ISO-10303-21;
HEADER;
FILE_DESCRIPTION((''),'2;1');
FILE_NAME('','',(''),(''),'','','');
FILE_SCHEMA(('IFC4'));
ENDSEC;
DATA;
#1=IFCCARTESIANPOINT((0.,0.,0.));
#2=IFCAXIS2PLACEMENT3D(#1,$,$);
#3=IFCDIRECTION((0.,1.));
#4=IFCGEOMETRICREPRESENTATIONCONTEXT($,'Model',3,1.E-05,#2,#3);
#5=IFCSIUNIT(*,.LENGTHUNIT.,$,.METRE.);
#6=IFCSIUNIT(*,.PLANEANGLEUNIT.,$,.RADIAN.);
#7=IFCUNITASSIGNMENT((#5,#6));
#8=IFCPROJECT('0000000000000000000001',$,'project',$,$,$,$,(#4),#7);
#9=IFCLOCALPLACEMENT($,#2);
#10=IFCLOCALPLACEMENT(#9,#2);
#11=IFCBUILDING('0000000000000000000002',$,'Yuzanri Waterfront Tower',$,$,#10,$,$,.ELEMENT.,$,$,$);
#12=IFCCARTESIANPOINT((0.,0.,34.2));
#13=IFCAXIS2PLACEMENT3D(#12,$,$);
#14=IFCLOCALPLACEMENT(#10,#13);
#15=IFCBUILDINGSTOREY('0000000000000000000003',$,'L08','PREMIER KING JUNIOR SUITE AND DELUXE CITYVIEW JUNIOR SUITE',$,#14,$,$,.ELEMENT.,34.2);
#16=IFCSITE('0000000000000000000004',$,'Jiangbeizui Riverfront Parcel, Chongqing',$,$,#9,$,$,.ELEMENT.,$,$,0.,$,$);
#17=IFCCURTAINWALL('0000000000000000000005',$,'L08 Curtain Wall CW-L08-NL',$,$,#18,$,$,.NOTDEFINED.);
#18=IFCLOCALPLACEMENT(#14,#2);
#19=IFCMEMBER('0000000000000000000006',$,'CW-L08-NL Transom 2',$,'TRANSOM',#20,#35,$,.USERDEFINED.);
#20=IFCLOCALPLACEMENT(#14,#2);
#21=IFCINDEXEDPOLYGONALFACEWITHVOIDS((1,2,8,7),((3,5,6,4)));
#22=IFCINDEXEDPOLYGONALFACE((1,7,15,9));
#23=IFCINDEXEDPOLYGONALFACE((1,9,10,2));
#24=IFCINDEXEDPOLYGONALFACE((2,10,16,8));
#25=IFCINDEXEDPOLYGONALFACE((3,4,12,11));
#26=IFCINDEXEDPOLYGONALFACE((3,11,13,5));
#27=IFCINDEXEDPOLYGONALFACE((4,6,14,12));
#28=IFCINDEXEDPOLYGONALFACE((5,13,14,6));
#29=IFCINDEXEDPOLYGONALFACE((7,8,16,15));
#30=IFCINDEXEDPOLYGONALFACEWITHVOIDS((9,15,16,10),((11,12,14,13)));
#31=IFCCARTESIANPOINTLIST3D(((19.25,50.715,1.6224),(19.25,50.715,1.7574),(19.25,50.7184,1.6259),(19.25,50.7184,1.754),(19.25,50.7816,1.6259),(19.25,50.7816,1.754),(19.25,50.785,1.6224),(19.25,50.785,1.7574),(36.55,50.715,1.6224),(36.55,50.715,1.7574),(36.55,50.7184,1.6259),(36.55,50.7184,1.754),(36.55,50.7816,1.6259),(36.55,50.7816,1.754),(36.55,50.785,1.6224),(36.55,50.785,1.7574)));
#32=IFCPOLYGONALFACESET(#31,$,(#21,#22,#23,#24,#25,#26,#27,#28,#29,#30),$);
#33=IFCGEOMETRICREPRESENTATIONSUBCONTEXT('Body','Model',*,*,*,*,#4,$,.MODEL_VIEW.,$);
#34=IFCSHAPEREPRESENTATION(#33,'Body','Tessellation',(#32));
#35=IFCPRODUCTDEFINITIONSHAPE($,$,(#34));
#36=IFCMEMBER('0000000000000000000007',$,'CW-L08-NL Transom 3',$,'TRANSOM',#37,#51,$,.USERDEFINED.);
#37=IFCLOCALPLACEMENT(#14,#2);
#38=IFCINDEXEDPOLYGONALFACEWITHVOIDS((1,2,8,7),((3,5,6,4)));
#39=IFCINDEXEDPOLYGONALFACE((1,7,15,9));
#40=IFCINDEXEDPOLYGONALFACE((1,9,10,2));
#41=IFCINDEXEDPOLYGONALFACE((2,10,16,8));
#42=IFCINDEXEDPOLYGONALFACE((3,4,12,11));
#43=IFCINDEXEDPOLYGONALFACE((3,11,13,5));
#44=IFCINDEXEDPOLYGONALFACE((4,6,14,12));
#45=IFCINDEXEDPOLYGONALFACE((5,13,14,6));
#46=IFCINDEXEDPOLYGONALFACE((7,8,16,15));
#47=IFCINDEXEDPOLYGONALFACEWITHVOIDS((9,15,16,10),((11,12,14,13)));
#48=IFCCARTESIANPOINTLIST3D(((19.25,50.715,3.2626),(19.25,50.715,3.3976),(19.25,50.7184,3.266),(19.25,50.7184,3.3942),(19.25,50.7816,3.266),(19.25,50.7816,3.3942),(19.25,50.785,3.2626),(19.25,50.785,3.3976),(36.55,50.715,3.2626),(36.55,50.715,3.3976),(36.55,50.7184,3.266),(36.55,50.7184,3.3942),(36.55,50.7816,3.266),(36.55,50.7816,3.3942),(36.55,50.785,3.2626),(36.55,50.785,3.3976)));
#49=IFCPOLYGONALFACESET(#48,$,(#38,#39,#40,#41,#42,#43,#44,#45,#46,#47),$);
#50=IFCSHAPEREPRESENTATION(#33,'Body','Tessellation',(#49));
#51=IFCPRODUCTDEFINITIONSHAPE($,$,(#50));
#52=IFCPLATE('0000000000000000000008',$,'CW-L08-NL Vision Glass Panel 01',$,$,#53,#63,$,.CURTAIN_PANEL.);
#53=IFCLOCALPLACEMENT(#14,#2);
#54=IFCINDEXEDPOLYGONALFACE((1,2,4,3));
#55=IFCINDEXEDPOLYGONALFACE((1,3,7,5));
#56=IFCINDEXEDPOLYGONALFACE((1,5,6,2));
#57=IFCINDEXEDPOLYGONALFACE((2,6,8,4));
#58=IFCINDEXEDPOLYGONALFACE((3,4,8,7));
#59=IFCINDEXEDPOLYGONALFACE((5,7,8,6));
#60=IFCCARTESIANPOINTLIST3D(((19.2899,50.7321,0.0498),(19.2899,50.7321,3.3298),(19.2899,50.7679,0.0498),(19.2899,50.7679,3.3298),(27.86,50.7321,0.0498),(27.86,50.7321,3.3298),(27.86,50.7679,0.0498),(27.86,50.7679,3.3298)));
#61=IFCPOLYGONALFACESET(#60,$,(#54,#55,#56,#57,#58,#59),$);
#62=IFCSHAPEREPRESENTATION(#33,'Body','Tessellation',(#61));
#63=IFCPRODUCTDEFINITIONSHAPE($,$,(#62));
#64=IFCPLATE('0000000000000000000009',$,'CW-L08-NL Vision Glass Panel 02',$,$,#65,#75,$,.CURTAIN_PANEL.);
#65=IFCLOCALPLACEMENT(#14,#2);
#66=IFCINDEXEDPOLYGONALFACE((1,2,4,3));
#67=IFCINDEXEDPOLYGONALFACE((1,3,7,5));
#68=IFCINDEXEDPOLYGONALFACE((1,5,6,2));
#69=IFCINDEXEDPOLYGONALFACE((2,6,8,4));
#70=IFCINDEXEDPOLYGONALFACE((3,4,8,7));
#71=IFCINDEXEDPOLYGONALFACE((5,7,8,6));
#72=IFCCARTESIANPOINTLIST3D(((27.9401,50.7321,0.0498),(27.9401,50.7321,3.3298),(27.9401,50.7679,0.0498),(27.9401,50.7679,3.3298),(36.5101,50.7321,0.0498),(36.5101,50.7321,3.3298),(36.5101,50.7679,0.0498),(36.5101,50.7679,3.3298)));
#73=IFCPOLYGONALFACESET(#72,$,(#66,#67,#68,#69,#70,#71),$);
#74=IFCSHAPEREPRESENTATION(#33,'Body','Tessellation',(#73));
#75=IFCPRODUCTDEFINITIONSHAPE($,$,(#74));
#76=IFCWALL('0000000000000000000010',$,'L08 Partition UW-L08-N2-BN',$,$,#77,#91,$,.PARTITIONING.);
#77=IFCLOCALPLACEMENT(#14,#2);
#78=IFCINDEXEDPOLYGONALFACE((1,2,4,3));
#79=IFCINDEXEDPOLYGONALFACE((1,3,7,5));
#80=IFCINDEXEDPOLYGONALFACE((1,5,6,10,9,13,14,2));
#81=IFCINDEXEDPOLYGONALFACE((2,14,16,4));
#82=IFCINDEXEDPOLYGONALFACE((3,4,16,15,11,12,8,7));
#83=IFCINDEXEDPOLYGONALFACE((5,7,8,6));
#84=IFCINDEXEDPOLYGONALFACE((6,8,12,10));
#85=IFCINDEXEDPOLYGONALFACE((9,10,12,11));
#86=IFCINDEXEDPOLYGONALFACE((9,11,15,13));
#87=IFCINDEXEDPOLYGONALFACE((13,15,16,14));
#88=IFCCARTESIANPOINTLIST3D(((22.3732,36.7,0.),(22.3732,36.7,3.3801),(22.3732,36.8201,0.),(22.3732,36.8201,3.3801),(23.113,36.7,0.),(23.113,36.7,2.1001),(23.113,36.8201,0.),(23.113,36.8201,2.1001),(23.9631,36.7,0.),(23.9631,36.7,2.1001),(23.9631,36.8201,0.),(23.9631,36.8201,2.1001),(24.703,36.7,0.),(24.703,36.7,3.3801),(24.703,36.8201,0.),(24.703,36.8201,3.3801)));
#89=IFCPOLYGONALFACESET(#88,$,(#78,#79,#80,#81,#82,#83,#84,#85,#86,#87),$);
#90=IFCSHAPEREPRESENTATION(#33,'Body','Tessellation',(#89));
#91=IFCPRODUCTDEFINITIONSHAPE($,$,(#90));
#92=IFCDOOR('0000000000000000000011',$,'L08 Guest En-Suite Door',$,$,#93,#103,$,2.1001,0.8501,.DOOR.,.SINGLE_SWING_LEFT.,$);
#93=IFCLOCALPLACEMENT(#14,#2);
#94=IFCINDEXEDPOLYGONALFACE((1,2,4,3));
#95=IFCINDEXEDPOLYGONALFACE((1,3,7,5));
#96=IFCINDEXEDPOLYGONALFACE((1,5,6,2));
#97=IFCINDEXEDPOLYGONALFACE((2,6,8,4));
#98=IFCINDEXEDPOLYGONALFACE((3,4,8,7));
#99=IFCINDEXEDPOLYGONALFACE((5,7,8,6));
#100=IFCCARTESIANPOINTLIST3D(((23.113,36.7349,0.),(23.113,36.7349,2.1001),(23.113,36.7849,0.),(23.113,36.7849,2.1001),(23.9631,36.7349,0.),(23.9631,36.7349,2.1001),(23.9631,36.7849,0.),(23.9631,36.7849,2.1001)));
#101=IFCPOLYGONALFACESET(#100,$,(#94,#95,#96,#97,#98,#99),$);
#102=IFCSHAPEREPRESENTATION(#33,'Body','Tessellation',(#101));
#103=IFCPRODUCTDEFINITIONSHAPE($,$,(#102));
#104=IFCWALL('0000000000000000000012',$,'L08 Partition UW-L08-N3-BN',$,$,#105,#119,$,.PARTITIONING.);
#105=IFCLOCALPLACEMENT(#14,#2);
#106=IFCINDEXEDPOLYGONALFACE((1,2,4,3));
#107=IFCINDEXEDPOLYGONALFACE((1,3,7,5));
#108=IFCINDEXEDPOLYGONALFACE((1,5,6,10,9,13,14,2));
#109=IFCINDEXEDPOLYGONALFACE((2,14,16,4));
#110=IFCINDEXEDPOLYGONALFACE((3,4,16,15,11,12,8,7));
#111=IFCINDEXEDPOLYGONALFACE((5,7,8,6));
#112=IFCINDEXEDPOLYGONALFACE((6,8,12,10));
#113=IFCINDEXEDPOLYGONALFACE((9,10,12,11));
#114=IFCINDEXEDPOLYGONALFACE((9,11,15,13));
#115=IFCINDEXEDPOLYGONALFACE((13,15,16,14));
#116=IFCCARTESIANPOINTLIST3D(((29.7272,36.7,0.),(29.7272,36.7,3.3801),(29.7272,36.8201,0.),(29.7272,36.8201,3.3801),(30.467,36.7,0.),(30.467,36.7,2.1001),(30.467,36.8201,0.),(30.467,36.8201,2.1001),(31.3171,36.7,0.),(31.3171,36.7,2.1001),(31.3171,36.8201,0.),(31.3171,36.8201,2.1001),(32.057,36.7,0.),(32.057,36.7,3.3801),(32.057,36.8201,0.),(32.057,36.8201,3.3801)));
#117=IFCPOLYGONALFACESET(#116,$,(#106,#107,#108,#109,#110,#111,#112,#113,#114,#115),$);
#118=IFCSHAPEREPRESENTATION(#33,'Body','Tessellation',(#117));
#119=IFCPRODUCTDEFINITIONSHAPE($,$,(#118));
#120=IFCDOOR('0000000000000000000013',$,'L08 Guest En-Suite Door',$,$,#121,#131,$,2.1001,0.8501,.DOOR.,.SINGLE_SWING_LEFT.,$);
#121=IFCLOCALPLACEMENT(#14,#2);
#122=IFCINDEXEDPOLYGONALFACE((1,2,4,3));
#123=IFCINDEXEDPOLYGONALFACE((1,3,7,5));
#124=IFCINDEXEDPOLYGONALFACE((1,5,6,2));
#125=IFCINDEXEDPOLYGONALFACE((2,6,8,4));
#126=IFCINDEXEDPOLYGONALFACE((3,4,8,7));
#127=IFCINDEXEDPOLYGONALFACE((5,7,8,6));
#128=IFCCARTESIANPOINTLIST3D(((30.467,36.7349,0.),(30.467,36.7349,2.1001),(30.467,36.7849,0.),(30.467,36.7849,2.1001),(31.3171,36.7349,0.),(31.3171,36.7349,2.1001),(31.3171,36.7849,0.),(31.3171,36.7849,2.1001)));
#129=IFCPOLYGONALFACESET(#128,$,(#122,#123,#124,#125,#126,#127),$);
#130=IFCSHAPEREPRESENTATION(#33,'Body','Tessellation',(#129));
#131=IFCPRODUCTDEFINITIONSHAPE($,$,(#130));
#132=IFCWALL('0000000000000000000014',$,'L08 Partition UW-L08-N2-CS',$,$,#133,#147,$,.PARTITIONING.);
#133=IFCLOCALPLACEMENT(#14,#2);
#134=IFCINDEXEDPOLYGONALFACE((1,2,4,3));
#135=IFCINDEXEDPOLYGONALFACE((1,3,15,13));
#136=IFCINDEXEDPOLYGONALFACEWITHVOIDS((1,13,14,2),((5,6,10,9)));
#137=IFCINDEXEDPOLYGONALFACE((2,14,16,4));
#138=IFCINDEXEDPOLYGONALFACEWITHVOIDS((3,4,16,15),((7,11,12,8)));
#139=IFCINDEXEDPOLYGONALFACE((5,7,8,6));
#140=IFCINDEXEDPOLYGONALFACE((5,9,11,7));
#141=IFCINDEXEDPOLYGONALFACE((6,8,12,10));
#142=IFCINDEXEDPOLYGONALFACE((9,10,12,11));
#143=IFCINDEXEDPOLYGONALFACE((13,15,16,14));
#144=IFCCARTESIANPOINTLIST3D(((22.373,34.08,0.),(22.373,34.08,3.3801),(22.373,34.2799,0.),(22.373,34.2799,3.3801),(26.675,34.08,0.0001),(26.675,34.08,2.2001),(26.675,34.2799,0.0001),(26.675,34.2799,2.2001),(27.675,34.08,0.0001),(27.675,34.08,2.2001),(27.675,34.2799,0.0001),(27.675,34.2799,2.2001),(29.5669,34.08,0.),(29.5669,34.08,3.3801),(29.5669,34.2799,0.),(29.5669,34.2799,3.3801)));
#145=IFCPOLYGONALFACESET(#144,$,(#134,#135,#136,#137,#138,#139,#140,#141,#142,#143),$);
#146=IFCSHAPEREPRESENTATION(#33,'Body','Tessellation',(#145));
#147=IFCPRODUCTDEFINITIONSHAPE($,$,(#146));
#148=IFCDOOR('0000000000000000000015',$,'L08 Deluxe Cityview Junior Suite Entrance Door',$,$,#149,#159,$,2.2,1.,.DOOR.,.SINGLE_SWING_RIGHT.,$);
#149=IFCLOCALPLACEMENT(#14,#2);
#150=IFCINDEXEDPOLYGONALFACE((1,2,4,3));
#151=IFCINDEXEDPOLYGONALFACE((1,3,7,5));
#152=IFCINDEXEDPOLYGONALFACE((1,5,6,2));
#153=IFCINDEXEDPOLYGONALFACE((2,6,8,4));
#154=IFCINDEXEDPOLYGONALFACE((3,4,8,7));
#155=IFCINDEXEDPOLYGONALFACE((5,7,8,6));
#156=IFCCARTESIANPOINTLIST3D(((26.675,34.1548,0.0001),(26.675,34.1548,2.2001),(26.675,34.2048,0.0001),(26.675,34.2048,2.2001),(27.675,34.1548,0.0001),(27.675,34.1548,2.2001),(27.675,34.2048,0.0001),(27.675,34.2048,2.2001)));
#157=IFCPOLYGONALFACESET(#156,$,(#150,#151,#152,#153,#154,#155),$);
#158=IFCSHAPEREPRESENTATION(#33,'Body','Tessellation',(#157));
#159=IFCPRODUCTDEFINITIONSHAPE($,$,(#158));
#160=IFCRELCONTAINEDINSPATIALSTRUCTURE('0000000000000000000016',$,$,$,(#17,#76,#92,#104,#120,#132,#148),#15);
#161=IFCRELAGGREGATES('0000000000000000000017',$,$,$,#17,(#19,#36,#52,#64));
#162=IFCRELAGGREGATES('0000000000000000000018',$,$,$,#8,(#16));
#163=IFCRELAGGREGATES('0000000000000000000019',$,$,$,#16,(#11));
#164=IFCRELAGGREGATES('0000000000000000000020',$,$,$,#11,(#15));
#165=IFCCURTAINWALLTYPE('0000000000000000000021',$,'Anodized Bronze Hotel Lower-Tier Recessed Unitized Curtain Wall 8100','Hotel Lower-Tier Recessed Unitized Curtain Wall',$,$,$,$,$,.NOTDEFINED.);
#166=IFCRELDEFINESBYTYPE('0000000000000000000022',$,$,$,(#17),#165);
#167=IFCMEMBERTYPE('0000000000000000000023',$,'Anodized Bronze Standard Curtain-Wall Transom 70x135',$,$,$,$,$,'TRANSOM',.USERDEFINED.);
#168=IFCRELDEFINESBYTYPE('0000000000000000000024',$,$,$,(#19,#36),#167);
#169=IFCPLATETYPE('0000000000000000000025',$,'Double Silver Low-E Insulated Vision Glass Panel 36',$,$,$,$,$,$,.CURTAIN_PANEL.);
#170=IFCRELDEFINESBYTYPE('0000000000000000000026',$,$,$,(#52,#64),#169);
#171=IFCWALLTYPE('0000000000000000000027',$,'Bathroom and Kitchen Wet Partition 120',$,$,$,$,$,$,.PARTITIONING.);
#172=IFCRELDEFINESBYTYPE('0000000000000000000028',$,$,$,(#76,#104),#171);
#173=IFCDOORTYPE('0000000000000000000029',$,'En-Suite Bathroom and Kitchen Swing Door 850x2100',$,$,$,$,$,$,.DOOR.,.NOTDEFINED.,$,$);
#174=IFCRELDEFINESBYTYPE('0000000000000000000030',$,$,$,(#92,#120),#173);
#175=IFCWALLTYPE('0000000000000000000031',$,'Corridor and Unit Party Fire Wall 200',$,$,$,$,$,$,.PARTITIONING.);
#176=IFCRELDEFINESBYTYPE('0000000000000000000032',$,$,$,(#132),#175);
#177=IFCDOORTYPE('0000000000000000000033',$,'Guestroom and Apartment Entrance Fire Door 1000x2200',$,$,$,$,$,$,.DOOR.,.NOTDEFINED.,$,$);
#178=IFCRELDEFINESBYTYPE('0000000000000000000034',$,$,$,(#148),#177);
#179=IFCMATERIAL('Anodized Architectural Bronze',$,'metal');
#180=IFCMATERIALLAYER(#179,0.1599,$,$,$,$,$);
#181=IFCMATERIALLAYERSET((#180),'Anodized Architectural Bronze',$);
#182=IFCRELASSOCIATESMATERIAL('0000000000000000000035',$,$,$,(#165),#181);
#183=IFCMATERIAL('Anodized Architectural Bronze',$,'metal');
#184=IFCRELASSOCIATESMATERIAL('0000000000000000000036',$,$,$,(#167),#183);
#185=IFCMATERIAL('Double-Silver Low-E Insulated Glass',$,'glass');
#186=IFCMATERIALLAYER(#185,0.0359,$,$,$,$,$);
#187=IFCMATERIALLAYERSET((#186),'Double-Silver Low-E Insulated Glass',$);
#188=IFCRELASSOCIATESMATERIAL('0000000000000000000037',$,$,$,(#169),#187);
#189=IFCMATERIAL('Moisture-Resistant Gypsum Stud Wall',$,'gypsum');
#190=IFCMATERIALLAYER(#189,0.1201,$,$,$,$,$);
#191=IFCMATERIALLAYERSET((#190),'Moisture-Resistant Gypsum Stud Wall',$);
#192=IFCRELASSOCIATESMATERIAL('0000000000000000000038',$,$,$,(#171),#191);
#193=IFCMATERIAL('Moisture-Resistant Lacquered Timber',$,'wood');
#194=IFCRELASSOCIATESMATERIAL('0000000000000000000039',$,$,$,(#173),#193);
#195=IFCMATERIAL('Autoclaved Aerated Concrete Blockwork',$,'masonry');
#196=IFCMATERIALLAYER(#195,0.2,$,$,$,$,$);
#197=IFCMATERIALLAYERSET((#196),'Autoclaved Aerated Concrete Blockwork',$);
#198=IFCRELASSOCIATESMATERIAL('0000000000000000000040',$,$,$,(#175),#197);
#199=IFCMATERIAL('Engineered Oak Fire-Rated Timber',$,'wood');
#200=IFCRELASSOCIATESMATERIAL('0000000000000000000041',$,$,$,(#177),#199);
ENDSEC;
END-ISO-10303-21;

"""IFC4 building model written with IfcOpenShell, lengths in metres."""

from ifc_helpers import new_model, si_unit, direction, frame, frame_2d, origin, origin_2d, place, context, subcontext, project, spatial, rectangle, hollow_rectangle, extrude, source, transform, mapped, material, layer, layer_set, material_profile, profile_set, type_object, element, fill, aggregate, save


model = new_model("IFC4")

# Units and contexts
model_context = context("Model", 3, precision=1e-05, world=origin(), true_north=direction((0.0, 1.0)))
body_context = subcontext(model_context, "Body", "Model", "MODEL_VIEW")
ifc_project = project(units=[si_unit("LENGTHUNIT", "METRE"), si_unit("PLANEANGLEUNIT", "RADIAN")], contexts=[model_context])

# Site, building, storey
site_placement = place(None, origin())
site = spatial("IfcSite", under=ifc_project, at=site_placement, Name="Jiangbeizui Riverfront Parcel, Chongqing", CompositionType="ELEMENT", RefElevation=0.0)
building_placement = place(site_placement, origin())
building = spatial("IfcBuilding", under=site, at=building_placement, Name="Yuzanri Waterfront Tower", CompositionType="ELEMENT")
storey_placement = place(building_placement, frame((0.0, 0.0, 34.2)))
storey = spatial("IfcBuildingStorey", under=building, at=storey_placement, Name="L08", Description="PREMIER KING JUNIOR SUITE AND DELUXE CITYVIEW JUNIOR SUITE", CompositionType="ELEMENT", Elevation=34.2)

# Curtain wall, members, plates
ifc_material_1 = material(Name="Anodized Architectural Bronze", Category="metal")
ifc_layer_1 = layer(ifc_material_1, 0.1599)
ifc_layer_set_1 = layer_set([ifc_layer_1], Name="Anodized Architectural Bronze")
curtain_wall_type = type_object("IfcCurtainWallType", Name="Anodized Bronze Hotel Lower-Tier Recessed Unitized Curtain Wall 8100", Description="Hotel Lower-Tier Recessed Unitized Curtain Wall", PredefinedType="NOTDEFINED", material=ifc_layer_set_1)
curtain_wall_placement = place(storey_placement, origin())
curtain_wall = element("IfcCurtainWall", 1, at=curtain_wall_placement, inside=storey, type_object=curtain_wall_type, Name="L08 Curtain Wall CW-L08-NL", PredefinedType="NOTDEFINED")
ifc_material_2 = material(Name="Anodized Architectural Bronze", Category="metal")
ifc_material_profile_1 = material_profile(ifc_material_2, hollow_rectangle(XDim=0.0701, YDim=0.135, WallThickness=0.0034, at=origin_2d()), Name="CWT 70x135")
ifc_profile_set_1 = profile_set([ifc_material_profile_1], Name="Anodized Architectural Bronze")
member_type_1 = type_object("IfcMemberType", Name="Anodized Bronze Standard Curtain-Wall Transom 70x135", ElementType="TRANSOM", PredefinedType="USERDEFINED", material=ifc_profile_set_1)
shared_shape_1 = source(origin(), body_context, "Body", "SweptSolid", [
    extrude(hollow_rectangle(XDim=0.0701, YDim=0.135, WallThickness=0.0034, at=origin_2d()), origin(), (0.0, 0.0, 1.0), 17.3),
])
member_1_placement = place(storey_placement, frame((19.25, 50.75, 1.6899), z_axis=(1.0, 0.0, 0.0), x_axis=(0.0, 1.0, 0.0)))
member_1 = element("IfcMember", 2, at=member_1_placement, type_object=member_type_1, Name="CW-L08-NL Transom 2", ObjectType="TRANSOM", PredefinedType="USERDEFINED", context=body_context, shape_type="MappedRepresentation", body=[
    mapped(shared_shape_1, transform((0.0, 0.0, 0.0), scale=1.0)),
])
member_2_placement = place(storey_placement, frame((19.25, 50.75, 3.3301), z_axis=(1.0, 0.0, 0.0), x_axis=(0.0, 1.0, 0.0)))
member_2 = element("IfcMember", 3, at=member_2_placement, type_object=member_type_1, Name="CW-L08-NL Transom 3", ObjectType="TRANSOM", PredefinedType="USERDEFINED", context=body_context, shape_type="MappedRepresentation", body=[
    mapped(shared_shape_1, transform((0.0, 0.0, 0.0), scale=1.0)),
])
ifc_material_3 = material(Name="Double-Silver Low-E Insulated Glass", Category="glass")
ifc_layer_2 = layer(ifc_material_3, 0.0359)
ifc_layer_set_2 = layer_set([ifc_layer_2], Name="Double-Silver Low-E Insulated Glass")
plate_type = type_object("IfcPlateType", Name="Double Silver Low-E Insulated Vision Glass Panel 36", PredefinedType="CURTAIN_PANEL", material=ifc_layer_set_2)
shared_shape_2 = source(origin(), body_context, "Body", "SweptSolid", [
    extrude(rectangle(XDim=8.5701, YDim=0.0359, at=origin_2d()), origin(), (0.0, 0.0, 1.0), 3.28),
])
plate_1_placement = place(storey_placement, frame((23.575, 50.75, 0.0498), z_axis=(0.0, 0.0, 1.0), x_axis=(1.0, 0.0, 0.0)))
plate_1 = element("IfcPlate", 4, at=plate_1_placement, type_object=plate_type, Name="CW-L08-NL Vision Glass Panel 01", PredefinedType="CURTAIN_PANEL", context=body_context, shape_type="MappedRepresentation", body=[
    mapped(shared_shape_2, transform((0.0, 0.0, 0.0), scale=1.0)),
])
plate_2_placement = place(storey_placement, frame((32.2251, 50.75, 0.0498), z_axis=(0.0, 0.0, 1.0), x_axis=(1.0, 0.0, 0.0)))
plate_2 = element("IfcPlate", 5, at=plate_2_placement, type_object=plate_type, Name="CW-L08-NL Vision Glass Panel 02", PredefinedType="CURTAIN_PANEL", context=body_context, shape_type="MappedRepresentation", body=[
    mapped(shared_shape_2, transform((0.0, 0.0, 0.0), scale=1.0)),
])
aggregate(curtain_wall, [member_1, member_2, plate_1, plate_2])

# Walls, openings, doors
ifc_material_4 = material(Name="Moisture-Resistant Gypsum Stud Wall", Category="gypsum")
ifc_layer_3 = layer(ifc_material_4, 0.1201)
ifc_layer_set_3 = layer_set([ifc_layer_3], Name="Moisture-Resistant Gypsum Stud Wall")
wall_type_1 = type_object("IfcWallType", Name="Bathroom and Kitchen Wet Partition 120", PredefinedType="PARTITIONING", material=ifc_layer_set_3)
wall_1_placement = place(storey_placement, frame((22.373, 36.76, 0.0), z_axis=(0.0, 0.0, 1.0), x_axis=(1.0, 0.0, 0.0)))
wall_1 = element("IfcWall", 6, at=wall_1_placement, inside=storey, type_object=wall_type_1, Name="L08 Partition UW-L08-N2-BN", PredefinedType="PARTITIONING", context=body_context, shape_type="SweptSolid", body=[
    extrude(rectangle(XDim=2.3298, YDim=0.1201, at=frame_2d((1.165, 0.0))), origin(), (0.0, 0.0, 1.0), 3.3801),
])
opening_1_placement = place(wall_1_placement, frame((0.74, 0.0, 0.0)))
opening_1 = element("IfcOpeningElement", 7, at=opening_1_placement, cuts=wall_1, PredefinedType="OPENING", context=body_context, shape_type="SweptSolid", body=[
    extrude(rectangle(XDim=0.8501, YDim=2.1001, at=frame_2d((0.425, 1.05))), frame((0.0, 0.075, 0.0), z_axis=(0.0, -1.0, 0.0), x_axis=(1.0, 0.0, 0.0)), (0.0, 0.0, 1.0), 0.1499),
])
ifc_material_5 = material(Name="Moisture-Resistant Lacquered Timber", Category="wood")
door_type_1 = type_object("IfcDoorType", Name="En-Suite Bathroom and Kitchen Swing Door 850x2100", OperationType="NOTDEFINED", PredefinedType="DOOR", material=ifc_material_5)
shared_shape_3 = source(origin(), body_context, "Body", "SweptSolid", [
    extrude(rectangle(XDim=0.8501, YDim=2.1001, at=frame_2d((0.425, 1.05))), frame((0.0, 0.0249, 0.0), z_axis=(0.0, -1.0, 0.0), x_axis=(1.0, 0.0, 0.0)), (0.0, 0.0, 1.0), 0.05),
])
door_1_placement = place(opening_1_placement, origin())
door_1 = element("IfcDoor", 8, at=door_1_placement, inside=storey, type_object=door_type_1, Name="L08 Guest En-Suite Door", OperationType="SINGLE_SWING_LEFT", OverallHeight=2.1001, OverallWidth=0.8501, PredefinedType="DOOR", context=body_context, shape_type="MappedRepresentation", body=[
    mapped(shared_shape_3, transform((0.0, 0.0, 0.0), scale=1.0)),
])
fill(opening_1, door_1)
wall_2_placement = place(storey_placement, frame((29.7271, 36.76, 0.0), z_axis=(0.0, 0.0, 1.0), x_axis=(1.0, 0.0, 0.0)))
wall_2 = element("IfcWall", 9, at=wall_2_placement, inside=storey, type_object=wall_type_1, Name="L08 Partition UW-L08-N3-BN", PredefinedType="PARTITIONING", context=body_context, shape_type="SweptSolid", body=[
    extrude(rectangle(XDim=2.3298, YDim=0.1201, at=frame_2d((1.165, 0.0))), origin(), (0.0, 0.0, 1.0), 3.3801),
])
opening_2_placement = place(wall_2_placement, frame((0.74, 0.0, 0.0)))
opening_2 = element("IfcOpeningElement", 10, at=opening_2_placement, cuts=wall_2, PredefinedType="OPENING", context=body_context, shape_type="SweptSolid", body=[
    extrude(rectangle(XDim=0.8501, YDim=2.1001, at=frame_2d((0.425, 1.05))), frame((0.0, 0.075, 0.0), z_axis=(0.0, -1.0, 0.0), x_axis=(1.0, 0.0, 0.0)), (0.0, 0.0, 1.0), 0.1499),
])
door_2_placement = place(opening_2_placement, origin())
door_2 = element("IfcDoor", 11, at=door_2_placement, inside=storey, type_object=door_type_1, Name="L08 Guest En-Suite Door", OperationType="SINGLE_SWING_LEFT", OverallHeight=2.1001, OverallWidth=0.8501, PredefinedType="DOOR", context=body_context, shape_type="MappedRepresentation", body=[
    mapped(shared_shape_3, transform((0.0, 0.0, 0.0), scale=1.0)),
])
fill(opening_2, door_2)
ifc_material_6 = material(Name="Autoclaved Aerated Concrete Blockwork", Category="masonry")
ifc_layer_4 = layer(ifc_material_6, 0.2)
ifc_layer_set_4 = layer_set([ifc_layer_4], Name="Autoclaved Aerated Concrete Blockwork")
wall_type_2 = type_object("IfcWallType", Name="Corridor and Unit Party Fire Wall 200", PredefinedType="PARTITIONING", material=ifc_layer_set_4)
wall_3_placement = place(storey_placement, frame((22.373, 34.1799, 0.0), z_axis=(0.0, 0.0, 1.0), x_axis=(1.0, 0.0, 0.0)))
wall_3 = element("IfcWall", 12, at=wall_3_placement, inside=storey, type_object=wall_type_2, Name="L08 Partition UW-L08-N2-CS", PredefinedType="PARTITIONING", context=body_context, shape_type="SweptSolid", body=[
    extrude(rectangle(XDim=7.1938, YDim=0.2, at=frame_2d((3.5969, 0.0))), origin(), (0.0, 0.0, 1.0), 3.3801),
])
opening_3_placement = place(wall_3_placement, frame((4.302, 0.0, 0.0)))
opening_3 = element("IfcOpeningElement", 13, at=opening_3_placement, cuts=wall_3, PredefinedType="OPENING", context=body_context, shape_type="SweptSolid", body=[
    extrude(rectangle(XDim=1.0, YDim=2.2, at=frame_2d((0.5, 1.1001))), frame((0.0, 0.1147, 0.0), z_axis=(0.0, -1.0, 0.0), x_axis=(1.0, 0.0, 0.0)), (0.0, 0.0, 1.0), 0.2297),
])
ifc_material_7 = material(Name="Engineered Oak Fire-Rated Timber", Category="wood")
door_type_2 = type_object("IfcDoorType", Name="Guestroom and Apartment Entrance Fire Door 1000x2200", OperationType="NOTDEFINED", PredefinedType="DOOR", material=ifc_material_7)
shared_shape_4 = source(origin(), body_context, "Body", "SweptSolid", [
    extrude(rectangle(XDim=1.0, YDim=2.2, at=frame_2d((0.5, 1.1001))), frame((0.0, 0.0249, 0.0), z_axis=(0.0, -1.0, 0.0), x_axis=(1.0, 0.0, 0.0)), (0.0, 0.0, 1.0), 0.05),
])
door_3_placement = place(opening_3_placement, origin())
door_3 = element("IfcDoor", 14, at=door_3_placement, inside=storey, type_object=door_type_2, Name="L08 Deluxe Cityview Junior Suite Entrance Door", OperationType="SINGLE_SWING_RIGHT", OverallHeight=2.2, OverallWidth=1.0, PredefinedType="DOOR", context=body_context, shape_type="MappedRepresentation", body=[
    mapped(shared_shape_4, transform((0.0, 0.0, 0.0), scale=1.0)),
])
fill(opening_3, door_3)

save(model, "model.ifc")
